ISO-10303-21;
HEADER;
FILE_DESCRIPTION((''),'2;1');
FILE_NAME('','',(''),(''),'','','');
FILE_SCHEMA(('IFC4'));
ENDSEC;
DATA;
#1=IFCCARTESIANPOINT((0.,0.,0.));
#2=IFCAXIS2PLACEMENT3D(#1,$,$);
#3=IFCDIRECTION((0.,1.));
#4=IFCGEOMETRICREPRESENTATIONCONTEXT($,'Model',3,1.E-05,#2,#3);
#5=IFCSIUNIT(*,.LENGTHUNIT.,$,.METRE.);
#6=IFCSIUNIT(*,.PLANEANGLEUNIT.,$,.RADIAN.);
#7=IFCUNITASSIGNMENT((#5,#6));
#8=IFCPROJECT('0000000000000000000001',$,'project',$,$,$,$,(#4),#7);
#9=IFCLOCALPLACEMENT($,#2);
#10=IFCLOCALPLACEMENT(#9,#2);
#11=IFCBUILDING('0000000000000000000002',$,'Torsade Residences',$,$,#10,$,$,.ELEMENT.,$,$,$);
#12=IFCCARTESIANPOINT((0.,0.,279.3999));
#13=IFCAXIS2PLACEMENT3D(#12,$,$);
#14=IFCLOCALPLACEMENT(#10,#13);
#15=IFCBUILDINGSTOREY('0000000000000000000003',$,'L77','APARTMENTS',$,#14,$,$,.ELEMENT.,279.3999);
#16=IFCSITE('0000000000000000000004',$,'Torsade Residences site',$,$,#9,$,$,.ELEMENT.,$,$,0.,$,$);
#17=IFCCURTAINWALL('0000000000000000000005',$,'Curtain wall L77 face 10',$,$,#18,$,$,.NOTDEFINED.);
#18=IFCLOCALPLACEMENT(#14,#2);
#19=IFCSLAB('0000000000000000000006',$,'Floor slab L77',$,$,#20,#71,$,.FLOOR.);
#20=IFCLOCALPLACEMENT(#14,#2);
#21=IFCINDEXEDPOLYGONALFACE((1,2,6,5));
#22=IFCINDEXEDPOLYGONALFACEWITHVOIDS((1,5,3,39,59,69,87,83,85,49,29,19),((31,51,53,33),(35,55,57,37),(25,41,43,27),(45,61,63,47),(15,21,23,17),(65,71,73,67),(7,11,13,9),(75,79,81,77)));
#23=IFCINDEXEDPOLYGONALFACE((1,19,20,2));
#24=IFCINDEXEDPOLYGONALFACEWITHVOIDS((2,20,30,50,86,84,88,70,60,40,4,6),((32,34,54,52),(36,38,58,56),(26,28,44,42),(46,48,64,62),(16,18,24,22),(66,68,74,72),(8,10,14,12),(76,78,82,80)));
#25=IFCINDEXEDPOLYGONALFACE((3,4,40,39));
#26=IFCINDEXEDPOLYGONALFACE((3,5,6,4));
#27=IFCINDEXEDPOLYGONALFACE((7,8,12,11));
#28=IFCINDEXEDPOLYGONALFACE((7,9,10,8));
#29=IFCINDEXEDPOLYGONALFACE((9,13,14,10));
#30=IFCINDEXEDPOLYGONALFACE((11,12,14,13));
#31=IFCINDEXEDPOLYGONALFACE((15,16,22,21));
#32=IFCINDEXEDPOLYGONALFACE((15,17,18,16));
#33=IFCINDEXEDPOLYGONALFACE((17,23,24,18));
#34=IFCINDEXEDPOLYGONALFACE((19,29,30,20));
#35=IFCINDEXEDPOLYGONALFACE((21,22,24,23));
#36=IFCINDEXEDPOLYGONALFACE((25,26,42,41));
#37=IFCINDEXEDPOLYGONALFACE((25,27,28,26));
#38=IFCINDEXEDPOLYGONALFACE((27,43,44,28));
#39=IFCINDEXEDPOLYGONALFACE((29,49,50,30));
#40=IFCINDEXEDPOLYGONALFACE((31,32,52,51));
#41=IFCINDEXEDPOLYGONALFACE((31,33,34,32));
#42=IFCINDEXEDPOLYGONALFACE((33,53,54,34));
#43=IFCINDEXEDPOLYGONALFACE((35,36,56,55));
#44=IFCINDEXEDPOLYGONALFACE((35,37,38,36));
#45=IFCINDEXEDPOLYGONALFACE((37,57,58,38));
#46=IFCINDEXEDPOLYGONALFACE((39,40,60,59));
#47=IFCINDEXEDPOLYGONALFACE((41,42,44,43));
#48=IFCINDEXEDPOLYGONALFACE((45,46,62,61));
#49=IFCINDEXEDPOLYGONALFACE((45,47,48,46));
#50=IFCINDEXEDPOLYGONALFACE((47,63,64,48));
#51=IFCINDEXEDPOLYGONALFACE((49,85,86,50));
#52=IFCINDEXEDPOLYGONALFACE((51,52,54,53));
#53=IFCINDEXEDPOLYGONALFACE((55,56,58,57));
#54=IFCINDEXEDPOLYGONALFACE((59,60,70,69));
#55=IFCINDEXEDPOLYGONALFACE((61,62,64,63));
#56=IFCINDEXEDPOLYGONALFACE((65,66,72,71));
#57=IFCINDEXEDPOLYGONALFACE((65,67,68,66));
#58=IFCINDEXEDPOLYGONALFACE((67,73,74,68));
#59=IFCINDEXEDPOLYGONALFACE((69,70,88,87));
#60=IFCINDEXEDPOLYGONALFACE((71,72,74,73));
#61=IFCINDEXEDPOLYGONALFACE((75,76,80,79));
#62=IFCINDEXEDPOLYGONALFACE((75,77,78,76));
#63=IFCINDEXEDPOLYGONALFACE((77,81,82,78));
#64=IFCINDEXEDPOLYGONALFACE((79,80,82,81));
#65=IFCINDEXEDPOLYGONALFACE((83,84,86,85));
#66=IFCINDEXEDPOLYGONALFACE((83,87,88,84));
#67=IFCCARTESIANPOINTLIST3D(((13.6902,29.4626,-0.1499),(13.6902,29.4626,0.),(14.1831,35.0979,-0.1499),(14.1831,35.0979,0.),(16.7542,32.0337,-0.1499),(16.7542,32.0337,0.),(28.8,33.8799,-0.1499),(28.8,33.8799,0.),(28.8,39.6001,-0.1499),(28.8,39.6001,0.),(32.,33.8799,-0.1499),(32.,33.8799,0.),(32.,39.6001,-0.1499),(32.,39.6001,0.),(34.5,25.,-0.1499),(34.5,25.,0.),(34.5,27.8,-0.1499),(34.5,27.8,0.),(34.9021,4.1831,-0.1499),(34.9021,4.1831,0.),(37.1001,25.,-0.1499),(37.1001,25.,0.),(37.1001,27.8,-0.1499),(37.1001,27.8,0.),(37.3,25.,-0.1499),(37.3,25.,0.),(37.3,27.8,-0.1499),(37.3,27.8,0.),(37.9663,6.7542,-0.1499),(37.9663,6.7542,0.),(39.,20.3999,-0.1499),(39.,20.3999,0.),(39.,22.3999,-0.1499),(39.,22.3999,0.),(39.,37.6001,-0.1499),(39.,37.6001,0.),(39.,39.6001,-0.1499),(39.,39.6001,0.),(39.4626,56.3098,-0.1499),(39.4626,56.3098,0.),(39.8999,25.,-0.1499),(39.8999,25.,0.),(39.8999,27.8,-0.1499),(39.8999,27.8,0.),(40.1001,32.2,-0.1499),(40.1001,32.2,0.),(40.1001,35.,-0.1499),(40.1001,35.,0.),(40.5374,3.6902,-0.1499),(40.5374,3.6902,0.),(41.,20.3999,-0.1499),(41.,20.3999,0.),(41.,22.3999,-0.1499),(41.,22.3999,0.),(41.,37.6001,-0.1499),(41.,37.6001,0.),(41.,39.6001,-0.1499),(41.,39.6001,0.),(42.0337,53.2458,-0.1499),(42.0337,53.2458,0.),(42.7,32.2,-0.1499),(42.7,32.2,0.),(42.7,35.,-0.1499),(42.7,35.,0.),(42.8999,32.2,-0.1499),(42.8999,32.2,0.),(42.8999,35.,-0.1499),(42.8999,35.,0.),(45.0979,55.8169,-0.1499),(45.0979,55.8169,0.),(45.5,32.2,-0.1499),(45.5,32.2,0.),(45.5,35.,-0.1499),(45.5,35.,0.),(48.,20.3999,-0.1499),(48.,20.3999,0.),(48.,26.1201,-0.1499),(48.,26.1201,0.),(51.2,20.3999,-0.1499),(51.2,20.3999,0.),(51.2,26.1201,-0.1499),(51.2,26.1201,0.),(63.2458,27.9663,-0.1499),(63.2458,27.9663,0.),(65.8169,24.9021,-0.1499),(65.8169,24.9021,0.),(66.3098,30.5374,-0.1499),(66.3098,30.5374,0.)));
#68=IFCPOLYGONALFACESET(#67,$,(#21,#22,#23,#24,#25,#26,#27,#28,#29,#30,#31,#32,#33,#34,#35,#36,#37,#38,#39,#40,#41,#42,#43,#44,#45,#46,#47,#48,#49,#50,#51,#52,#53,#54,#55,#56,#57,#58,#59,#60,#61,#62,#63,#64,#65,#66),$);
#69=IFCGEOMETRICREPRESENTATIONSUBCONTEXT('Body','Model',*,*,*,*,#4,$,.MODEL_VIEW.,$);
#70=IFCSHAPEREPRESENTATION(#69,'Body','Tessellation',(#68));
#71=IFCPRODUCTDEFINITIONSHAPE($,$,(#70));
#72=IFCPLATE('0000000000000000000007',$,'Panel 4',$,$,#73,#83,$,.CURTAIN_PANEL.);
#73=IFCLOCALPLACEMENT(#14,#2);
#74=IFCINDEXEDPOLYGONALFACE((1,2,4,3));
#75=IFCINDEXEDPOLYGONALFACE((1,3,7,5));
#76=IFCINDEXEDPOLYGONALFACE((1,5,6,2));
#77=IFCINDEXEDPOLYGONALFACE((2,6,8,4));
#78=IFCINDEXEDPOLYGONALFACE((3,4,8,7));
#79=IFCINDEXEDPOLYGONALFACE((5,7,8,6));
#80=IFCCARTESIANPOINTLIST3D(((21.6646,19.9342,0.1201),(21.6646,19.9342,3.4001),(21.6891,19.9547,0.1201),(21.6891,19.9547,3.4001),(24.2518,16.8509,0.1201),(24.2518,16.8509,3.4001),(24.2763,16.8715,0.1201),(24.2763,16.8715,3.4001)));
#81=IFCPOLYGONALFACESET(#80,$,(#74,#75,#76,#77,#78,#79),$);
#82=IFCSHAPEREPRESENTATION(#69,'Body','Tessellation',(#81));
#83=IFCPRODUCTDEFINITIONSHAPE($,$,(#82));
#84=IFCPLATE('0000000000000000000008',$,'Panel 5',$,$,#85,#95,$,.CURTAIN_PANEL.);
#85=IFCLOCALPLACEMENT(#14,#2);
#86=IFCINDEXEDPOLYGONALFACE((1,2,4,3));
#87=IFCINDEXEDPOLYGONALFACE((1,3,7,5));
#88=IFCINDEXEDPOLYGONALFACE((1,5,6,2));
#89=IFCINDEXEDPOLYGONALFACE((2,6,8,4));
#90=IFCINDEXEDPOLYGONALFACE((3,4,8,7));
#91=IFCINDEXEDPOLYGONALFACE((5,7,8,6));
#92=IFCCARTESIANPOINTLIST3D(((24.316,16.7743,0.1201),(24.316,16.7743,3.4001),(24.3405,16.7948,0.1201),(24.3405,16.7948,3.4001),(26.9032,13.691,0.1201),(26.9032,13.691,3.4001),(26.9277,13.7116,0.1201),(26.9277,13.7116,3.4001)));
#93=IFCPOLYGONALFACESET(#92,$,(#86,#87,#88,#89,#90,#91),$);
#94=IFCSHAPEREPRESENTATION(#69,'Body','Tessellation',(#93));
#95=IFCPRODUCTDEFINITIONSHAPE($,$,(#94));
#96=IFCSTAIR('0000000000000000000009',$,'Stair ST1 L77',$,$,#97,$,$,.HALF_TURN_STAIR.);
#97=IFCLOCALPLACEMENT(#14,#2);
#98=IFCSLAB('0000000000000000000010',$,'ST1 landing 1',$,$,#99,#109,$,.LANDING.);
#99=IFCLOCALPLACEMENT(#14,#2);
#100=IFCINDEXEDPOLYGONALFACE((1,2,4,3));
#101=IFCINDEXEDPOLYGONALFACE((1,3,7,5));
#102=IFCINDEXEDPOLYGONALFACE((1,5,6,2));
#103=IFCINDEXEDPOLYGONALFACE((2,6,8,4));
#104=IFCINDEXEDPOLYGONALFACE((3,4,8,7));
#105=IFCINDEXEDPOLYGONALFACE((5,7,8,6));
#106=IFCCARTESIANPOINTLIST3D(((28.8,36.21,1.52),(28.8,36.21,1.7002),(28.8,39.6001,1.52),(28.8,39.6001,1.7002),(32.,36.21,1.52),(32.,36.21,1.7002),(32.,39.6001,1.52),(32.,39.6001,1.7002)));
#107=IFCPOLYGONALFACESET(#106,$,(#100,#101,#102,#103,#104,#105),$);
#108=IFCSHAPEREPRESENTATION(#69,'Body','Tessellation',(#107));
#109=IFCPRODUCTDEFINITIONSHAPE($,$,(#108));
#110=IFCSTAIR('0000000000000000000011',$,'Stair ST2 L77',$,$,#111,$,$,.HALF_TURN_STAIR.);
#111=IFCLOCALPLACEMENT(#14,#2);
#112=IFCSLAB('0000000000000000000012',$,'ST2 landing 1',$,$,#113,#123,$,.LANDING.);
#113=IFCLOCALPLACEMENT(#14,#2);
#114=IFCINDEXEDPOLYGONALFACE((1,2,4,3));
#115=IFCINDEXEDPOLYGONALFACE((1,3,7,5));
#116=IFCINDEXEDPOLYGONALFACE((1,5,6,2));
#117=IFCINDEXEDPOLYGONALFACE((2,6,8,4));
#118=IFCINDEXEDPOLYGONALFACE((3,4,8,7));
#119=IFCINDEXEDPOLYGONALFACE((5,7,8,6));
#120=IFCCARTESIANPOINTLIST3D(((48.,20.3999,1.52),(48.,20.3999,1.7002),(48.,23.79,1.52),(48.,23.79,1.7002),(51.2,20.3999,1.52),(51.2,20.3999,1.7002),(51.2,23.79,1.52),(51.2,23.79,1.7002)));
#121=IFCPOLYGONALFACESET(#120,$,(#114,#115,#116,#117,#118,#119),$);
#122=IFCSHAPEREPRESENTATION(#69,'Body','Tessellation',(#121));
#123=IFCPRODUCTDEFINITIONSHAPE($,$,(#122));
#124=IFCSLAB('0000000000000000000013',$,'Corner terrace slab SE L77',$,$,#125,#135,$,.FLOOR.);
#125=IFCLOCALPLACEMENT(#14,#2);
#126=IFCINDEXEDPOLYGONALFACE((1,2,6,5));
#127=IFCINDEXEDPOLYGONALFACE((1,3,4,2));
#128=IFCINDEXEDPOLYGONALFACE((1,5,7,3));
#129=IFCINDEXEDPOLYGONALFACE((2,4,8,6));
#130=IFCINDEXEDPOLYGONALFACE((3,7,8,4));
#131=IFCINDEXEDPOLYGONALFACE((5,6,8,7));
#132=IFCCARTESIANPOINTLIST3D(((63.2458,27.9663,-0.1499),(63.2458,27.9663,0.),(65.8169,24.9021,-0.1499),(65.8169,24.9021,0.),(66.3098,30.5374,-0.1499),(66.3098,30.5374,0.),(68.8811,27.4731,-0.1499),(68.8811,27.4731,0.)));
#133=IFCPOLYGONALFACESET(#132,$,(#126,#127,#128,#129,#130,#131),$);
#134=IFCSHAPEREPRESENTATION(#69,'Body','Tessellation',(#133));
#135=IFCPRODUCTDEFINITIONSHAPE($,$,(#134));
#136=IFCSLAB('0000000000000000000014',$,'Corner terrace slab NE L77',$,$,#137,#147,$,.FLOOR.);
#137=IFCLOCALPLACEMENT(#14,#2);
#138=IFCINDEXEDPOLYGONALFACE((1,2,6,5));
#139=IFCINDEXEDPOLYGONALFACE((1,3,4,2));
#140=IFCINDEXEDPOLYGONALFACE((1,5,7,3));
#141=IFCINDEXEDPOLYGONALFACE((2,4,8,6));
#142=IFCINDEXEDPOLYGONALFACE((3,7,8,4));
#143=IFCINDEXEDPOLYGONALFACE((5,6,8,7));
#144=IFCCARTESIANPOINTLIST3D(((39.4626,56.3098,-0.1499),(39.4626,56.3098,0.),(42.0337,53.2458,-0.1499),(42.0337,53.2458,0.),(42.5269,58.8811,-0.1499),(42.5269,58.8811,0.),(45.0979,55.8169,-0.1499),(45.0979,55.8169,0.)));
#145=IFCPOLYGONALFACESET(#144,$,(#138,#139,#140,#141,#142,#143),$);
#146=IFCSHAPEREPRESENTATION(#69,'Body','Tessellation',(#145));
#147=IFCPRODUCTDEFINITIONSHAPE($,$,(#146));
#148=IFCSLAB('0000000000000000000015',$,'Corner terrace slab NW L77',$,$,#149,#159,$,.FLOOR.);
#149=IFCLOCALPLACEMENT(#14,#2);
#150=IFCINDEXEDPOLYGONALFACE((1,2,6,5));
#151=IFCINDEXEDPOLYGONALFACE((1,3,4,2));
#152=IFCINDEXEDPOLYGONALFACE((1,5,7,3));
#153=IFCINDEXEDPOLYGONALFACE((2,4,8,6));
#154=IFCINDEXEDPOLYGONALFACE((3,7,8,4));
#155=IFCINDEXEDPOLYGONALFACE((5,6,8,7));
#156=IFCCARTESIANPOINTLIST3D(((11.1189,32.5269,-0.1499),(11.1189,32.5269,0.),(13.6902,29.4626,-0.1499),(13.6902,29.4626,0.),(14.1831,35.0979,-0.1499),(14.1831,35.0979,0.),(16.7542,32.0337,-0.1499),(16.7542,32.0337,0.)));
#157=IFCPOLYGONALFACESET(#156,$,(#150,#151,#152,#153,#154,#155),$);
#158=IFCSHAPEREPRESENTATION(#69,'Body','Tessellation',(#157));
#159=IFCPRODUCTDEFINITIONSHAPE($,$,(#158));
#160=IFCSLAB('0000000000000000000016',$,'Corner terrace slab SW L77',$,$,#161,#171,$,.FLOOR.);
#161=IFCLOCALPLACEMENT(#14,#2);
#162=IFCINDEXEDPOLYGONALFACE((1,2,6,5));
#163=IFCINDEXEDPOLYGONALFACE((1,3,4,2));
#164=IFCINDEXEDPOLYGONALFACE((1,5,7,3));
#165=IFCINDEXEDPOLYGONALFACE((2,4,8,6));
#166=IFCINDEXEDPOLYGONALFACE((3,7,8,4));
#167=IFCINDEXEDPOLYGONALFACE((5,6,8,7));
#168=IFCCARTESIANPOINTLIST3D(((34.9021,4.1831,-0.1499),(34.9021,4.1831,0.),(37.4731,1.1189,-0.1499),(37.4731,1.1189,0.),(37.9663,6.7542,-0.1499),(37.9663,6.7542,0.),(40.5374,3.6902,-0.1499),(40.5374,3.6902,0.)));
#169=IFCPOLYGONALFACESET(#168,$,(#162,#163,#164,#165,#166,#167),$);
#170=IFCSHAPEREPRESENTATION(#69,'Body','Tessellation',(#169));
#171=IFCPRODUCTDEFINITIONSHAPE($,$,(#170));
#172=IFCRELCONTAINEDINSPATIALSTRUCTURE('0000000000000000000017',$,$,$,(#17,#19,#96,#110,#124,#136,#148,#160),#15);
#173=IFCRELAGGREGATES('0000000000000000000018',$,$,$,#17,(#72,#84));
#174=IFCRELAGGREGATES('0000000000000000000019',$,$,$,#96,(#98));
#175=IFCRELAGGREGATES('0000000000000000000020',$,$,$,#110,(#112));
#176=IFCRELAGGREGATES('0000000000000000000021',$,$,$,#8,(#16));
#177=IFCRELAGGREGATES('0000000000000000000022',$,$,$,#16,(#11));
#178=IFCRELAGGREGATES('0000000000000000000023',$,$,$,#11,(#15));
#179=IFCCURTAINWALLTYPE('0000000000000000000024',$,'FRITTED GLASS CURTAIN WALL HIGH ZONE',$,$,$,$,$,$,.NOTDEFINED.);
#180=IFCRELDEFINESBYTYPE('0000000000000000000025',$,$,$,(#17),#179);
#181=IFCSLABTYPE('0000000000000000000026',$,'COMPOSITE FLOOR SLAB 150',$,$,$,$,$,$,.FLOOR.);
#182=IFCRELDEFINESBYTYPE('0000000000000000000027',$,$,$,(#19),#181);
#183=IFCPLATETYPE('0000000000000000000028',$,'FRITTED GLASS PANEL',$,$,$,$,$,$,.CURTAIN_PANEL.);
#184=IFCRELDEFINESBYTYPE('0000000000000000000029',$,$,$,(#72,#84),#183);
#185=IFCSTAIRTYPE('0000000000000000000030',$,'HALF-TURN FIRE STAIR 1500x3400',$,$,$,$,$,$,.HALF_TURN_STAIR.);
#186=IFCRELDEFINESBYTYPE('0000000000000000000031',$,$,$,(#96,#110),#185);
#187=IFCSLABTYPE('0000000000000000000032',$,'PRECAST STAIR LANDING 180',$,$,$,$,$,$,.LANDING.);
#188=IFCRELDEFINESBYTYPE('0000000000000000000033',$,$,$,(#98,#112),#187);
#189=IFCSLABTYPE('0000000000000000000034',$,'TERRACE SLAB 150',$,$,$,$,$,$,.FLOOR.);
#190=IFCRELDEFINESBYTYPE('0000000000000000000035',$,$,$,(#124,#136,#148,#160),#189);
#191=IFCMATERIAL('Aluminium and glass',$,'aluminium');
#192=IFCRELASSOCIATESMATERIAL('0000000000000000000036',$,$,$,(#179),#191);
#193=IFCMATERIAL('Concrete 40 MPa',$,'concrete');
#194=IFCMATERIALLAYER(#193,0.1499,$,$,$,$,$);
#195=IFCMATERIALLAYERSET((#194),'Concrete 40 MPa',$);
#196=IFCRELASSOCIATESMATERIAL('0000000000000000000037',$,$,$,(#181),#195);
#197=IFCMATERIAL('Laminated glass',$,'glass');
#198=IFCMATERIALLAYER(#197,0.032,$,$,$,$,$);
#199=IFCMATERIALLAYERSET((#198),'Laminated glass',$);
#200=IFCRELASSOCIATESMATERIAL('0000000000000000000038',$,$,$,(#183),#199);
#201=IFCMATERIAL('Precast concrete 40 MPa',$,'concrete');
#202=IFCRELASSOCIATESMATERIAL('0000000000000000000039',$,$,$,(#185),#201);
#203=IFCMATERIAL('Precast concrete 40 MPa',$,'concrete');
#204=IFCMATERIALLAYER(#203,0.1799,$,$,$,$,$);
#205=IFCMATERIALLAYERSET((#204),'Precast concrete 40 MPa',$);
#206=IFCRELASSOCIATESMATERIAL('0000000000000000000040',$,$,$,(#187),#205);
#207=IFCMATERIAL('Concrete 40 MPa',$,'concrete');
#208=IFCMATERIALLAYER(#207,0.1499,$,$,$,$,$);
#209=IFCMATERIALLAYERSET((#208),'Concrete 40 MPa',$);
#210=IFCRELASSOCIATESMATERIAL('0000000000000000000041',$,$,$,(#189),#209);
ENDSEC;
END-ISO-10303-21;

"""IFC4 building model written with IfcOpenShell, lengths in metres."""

from ifc_helpers import new_model, si_unit, direction, frame, origin, origin_2d, place, context, subcontext, project, spatial, polyline, rectangle, outline, extrude, material, layer, layer_set, type_object, element, aggregate, save


model = new_model("IFC4")

# Units and contexts
model_context = context("Model", 3, precision=1e-05, world=origin(), true_north=direction((0.0, 1.0)))
body_context = subcontext(model_context, "Body", "Model", "MODEL_VIEW")
ifc_project = project(units=[si_unit("LENGTHUNIT", "METRE"), si_unit("PLANEANGLEUNIT", "RADIAN")], contexts=[model_context])

# Site, building, storey
site_placement = place(None, origin())
site = spatial("IfcSite", under=ifc_project, at=site_placement, Name="Torsade Residences site", CompositionType="ELEMENT", RefElevation=0.0)
building_placement = place(site_placement, origin())
building = spatial("IfcBuilding", under=site, at=building_placement, Name="Torsade Residences", CompositionType="ELEMENT")
storey_placement = place(building_placement, frame((0.0, 0.0, 279.3999)))
storey = spatial("IfcBuildingStorey", under=building, at=storey_placement, Name="L77", Description="APARTMENTS", CompositionType="ELEMENT", Elevation=279.3999)

# Curtain wall
ifc_material_1 = material(Name="Aluminium and glass", Category="aluminium")
curtain_wall_type = type_object("IfcCurtainWallType", Name="FRITTED GLASS CURTAIN WALL HIGH ZONE", PredefinedType="NOTDEFINED", material=ifc_material_1)
curtain_wall_placement = place(storey_placement, origin())
curtain_wall = element("IfcCurtainWall", 1, at=curtain_wall_placement, inside=storey, type_object=curtain_wall_type, Name="Curtain wall L77 face 10", PredefinedType="NOTDEFINED")

# Slab
ifc_material_2 = material(Name="Concrete 40 MPa", Category="concrete")
ifc_layer_1 = layer(ifc_material_2, 0.1499)
ifc_layer_set_1 = layer_set([ifc_layer_1], Name="Concrete 40 MPa")
slab_type_1 = type_object("IfcSlabType", Name="COMPOSITE FLOOR SLAB 150", PredefinedType="FLOOR", material=ifc_layer_set_1)
slab_1_placement = place(storey_placement, frame((0.0, 0.0, -0.1499)))
element("IfcSlab", 2, at=slab_1_placement, inside=storey, type_object=slab_type_1, Name="Floor slab L77", PredefinedType="FLOOR", context=body_context, shape_type="SweptSolid", body=[
    extrude(outline(polyline([(40.5374, 3.6902), (65.8169, 24.9021), (63.2458, 27.9663), (66.3098, 30.5374), (45.0979, 55.8169), (42.0337, 53.2458), (39.4626, 56.3098), (14.1831, 35.0979), (16.7542, 32.0337), (13.6902, 29.4626), (34.9021, 4.1831), (37.9663, 6.7542), (40.5374, 3.6902)]), holes=[polyline([(51.2, 26.1201), (48.0, 26.1201), (48.0, 20.3999), (51.2, 20.3999), (51.2, 26.1201)]), polyline([(45.5, 35.0), (42.8999, 35.0), (42.8999, 32.2), (45.5, 32.2), (45.5, 35.0)]), polyline([(42.7, 35.0), (40.1001, 35.0), (40.1001, 32.2), (42.7, 32.2), (42.7, 35.0)]), polyline([(41.0, 22.3999), (39.0, 22.3999), (39.0, 20.3999), (41.0, 20.3999), (41.0, 22.3999)]), polyline([(41.0, 39.6001), (39.0, 39.6001), (39.0, 37.6001), (41.0, 37.6001), (41.0, 39.6001)]), polyline([(39.8999, 27.8), (37.3, 27.8), (37.3, 25.0), (39.8999, 25.0), (39.8999, 27.8)]), polyline([(37.1001, 27.8), (34.5, 27.8), (34.5, 25.0), (37.1001, 25.0), (37.1001, 27.8)]), polyline([(32.0, 39.6001), (28.8, 39.6001), (28.8, 33.8799), (32.0, 33.8799), (32.0, 39.6001)])]), origin(), (0.0, 0.0, 1.0), 0.1499),
])

# Plates
ifc_material_3 = material(Name="Laminated glass", Category="glass")
ifc_layer_2 = layer(ifc_material_3, 0.032)
ifc_layer_set_2 = layer_set([ifc_layer_2], Name="Laminated glass")
plate_type = type_object("IfcPlateType", Name="FRITTED GLASS PANEL", PredefinedType="CURTAIN_PANEL", material=ifc_layer_set_2)
plate_1_placement = place(storey_placement, frame((22.9705, 18.4028, 0.1201), z_axis=(0.0, 0.0, 1.0), x_axis=(0.642788, -0.766044, 0.0)))
plate_1 = element("IfcPlate", 3, at=plate_1_placement, type_object=plate_type, Name="Panel 4", PredefinedType="CURTAIN_PANEL", context=body_context, shape_type="SweptSolid", body=[
    extrude(rectangle(XDim=4.0249, YDim=0.032, at=origin_2d()), origin(), (0.0, 0.0, 1.0), 3.28),
])
plate_2_placement = place(storey_placement, frame((25.6218, 15.2429, 0.1201), z_axis=(0.0, 0.0, 1.0), x_axis=(0.642788, -0.766044, 0.0)))
plate_2 = element("IfcPlate", 4, at=plate_2_placement, type_object=plate_type, Name="Panel 5", PredefinedType="CURTAIN_PANEL", context=body_context, shape_type="SweptSolid", body=[
    extrude(rectangle(XDim=4.0249, YDim=0.032, at=origin_2d()), origin(), (0.0, 0.0, 1.0), 3.28),
])
aggregate(curtain_wall, [plate_1, plate_2])

# Stairs, slabs
ifc_material_4 = material(Name="Precast concrete 40 MPa", Category="concrete")
stair_type = type_object("IfcStairType", Name="HALF-TURN FIRE STAIR 1500x3400", PredefinedType="HALF_TURN_STAIR", material=ifc_material_4)
stair_1_placement = place(storey_placement, origin())
stair_1 = element("IfcStair", 5, at=stair_1_placement, inside=storey, type_object=stair_type, Name="Stair ST1 L77", PredefinedType="HALF_TURN_STAIR")
ifc_material_5 = material(Name="Precast concrete 40 MPa", Category="concrete")
ifc_layer_3 = layer(ifc_material_5, 0.1799)
ifc_layer_set_3 = layer_set([ifc_layer_3], Name="Precast concrete 40 MPa")
slab_type_2 = type_object("IfcSlabType", Name="PRECAST STAIR LANDING 180", PredefinedType="LANDING", material=ifc_layer_set_3)
slab_2_placement = place(storey_placement, frame((0.0, 0.0, 1.52)))
slab_2 = element("IfcSlab", 6, at=slab_2_placement, type_object=slab_type_2, Name="ST1 landing 1", PredefinedType="LANDING", context=body_context, shape_type="SweptSolid", body=[
    extrude(outline(polyline([(28.8, 36.21), (32.0, 36.21), (32.0, 39.6001), (28.8, 39.6001), (28.8, 36.21)])), origin(), (0.0, 0.0, 1.0), 0.1802),
])
aggregate(stair_1, [slab_2])
stair_2_placement = place(storey_placement, origin())
stair_2 = element("IfcStair", 7, at=stair_2_placement, inside=storey, type_object=stair_type, Name="Stair ST2 L77", PredefinedType="HALF_TURN_STAIR")
slab_3_placement = place(storey_placement, frame((0.0, 0.0, 1.52)))
slab_3 = element("IfcSlab", 8, at=slab_3_placement, type_object=slab_type_2, Name="ST2 landing 1", PredefinedType="LANDING", context=body_context, shape_type="SweptSolid", body=[
    extrude(outline(polyline([(48.0, 20.3999), (51.2, 20.3999), (51.2, 23.79), (48.0, 23.79), (48.0, 20.3999)])), origin(), (0.0, 0.0, 1.0), 0.1802),
])
aggregate(stair_2, [slab_3])

# Slabs
ifc_material_6 = material(Name="Concrete 40 MPa", Category="concrete")
ifc_layer_4 = layer(ifc_material_6, 0.1499)
ifc_layer_set_4 = layer_set([ifc_layer_4], Name="Concrete 40 MPa")
slab_type_3 = type_object("IfcSlabType", Name="TERRACE SLAB 150", PredefinedType="FLOOR", material=ifc_layer_set_4)
slab_4_placement = place(storey_placement, frame((0.0, 0.0, -0.1499)))
element("IfcSlab", 9, at=slab_4_placement, inside=storey, type_object=slab_type_3, Name="Corner terrace slab SE L77", PredefinedType="FLOOR", context=body_context, shape_type="SweptSolid", body=[
    extrude(outline(polyline([(65.8169, 24.9021), (68.8811, 27.4731), (66.3098, 30.5374), (63.2458, 27.9663), (65.8169, 24.9021)])), origin(), (0.0, 0.0, 1.0), 0.1499),
])
slab_5_placement = place(storey_placement, frame((0.0, 0.0, -0.1499)))
element("IfcSlab", 10, at=slab_5_placement, inside=storey, type_object=slab_type_3, Name="Corner terrace slab NE L77", PredefinedType="FLOOR", context=body_context, shape_type="SweptSolid", body=[
    extrude(outline(polyline([(42.0337, 53.2458), (45.0979, 55.8169), (42.5269, 58.8811), (39.4626, 56.3098), (42.0337, 53.2458)])), origin(), (0.0, 0.0, 1.0), 0.1499),
])
slab_6_placement = place(storey_placement, frame((0.0, 0.0, -0.1499)))
element("IfcSlab", 11, at=slab_6_placement, inside=storey, type_object=slab_type_3, Name="Corner terrace slab NW L77", PredefinedType="FLOOR", context=body_context, shape_type="SweptSolid", body=[
    extrude(outline(polyline([(13.6902, 29.4626), (16.7542, 32.0337), (14.1831, 35.0979), (11.1189, 32.5269), (13.6902, 29.4626)])), origin(), (0.0, 0.0, 1.0), 0.1499),
])
slab_7_placement = place(storey_placement, frame((0.0, 0.0, -0.1499)))
element("IfcSlab", 12, at=slab_7_placement, inside=storey, type_object=slab_type_3, Name="Corner terrace slab SW L77", PredefinedType="FLOOR", context=body_context, shape_type="SweptSolid", body=[
    extrude(outline(polyline([(37.4731, 1.1189), (40.5374, 3.6902), (37.9663, 6.7542), (34.9021, 4.1831), (37.4731, 1.1189)])), origin(), (0.0, 0.0, 1.0), 0.1499),
])

save(model, "model.ifc")
